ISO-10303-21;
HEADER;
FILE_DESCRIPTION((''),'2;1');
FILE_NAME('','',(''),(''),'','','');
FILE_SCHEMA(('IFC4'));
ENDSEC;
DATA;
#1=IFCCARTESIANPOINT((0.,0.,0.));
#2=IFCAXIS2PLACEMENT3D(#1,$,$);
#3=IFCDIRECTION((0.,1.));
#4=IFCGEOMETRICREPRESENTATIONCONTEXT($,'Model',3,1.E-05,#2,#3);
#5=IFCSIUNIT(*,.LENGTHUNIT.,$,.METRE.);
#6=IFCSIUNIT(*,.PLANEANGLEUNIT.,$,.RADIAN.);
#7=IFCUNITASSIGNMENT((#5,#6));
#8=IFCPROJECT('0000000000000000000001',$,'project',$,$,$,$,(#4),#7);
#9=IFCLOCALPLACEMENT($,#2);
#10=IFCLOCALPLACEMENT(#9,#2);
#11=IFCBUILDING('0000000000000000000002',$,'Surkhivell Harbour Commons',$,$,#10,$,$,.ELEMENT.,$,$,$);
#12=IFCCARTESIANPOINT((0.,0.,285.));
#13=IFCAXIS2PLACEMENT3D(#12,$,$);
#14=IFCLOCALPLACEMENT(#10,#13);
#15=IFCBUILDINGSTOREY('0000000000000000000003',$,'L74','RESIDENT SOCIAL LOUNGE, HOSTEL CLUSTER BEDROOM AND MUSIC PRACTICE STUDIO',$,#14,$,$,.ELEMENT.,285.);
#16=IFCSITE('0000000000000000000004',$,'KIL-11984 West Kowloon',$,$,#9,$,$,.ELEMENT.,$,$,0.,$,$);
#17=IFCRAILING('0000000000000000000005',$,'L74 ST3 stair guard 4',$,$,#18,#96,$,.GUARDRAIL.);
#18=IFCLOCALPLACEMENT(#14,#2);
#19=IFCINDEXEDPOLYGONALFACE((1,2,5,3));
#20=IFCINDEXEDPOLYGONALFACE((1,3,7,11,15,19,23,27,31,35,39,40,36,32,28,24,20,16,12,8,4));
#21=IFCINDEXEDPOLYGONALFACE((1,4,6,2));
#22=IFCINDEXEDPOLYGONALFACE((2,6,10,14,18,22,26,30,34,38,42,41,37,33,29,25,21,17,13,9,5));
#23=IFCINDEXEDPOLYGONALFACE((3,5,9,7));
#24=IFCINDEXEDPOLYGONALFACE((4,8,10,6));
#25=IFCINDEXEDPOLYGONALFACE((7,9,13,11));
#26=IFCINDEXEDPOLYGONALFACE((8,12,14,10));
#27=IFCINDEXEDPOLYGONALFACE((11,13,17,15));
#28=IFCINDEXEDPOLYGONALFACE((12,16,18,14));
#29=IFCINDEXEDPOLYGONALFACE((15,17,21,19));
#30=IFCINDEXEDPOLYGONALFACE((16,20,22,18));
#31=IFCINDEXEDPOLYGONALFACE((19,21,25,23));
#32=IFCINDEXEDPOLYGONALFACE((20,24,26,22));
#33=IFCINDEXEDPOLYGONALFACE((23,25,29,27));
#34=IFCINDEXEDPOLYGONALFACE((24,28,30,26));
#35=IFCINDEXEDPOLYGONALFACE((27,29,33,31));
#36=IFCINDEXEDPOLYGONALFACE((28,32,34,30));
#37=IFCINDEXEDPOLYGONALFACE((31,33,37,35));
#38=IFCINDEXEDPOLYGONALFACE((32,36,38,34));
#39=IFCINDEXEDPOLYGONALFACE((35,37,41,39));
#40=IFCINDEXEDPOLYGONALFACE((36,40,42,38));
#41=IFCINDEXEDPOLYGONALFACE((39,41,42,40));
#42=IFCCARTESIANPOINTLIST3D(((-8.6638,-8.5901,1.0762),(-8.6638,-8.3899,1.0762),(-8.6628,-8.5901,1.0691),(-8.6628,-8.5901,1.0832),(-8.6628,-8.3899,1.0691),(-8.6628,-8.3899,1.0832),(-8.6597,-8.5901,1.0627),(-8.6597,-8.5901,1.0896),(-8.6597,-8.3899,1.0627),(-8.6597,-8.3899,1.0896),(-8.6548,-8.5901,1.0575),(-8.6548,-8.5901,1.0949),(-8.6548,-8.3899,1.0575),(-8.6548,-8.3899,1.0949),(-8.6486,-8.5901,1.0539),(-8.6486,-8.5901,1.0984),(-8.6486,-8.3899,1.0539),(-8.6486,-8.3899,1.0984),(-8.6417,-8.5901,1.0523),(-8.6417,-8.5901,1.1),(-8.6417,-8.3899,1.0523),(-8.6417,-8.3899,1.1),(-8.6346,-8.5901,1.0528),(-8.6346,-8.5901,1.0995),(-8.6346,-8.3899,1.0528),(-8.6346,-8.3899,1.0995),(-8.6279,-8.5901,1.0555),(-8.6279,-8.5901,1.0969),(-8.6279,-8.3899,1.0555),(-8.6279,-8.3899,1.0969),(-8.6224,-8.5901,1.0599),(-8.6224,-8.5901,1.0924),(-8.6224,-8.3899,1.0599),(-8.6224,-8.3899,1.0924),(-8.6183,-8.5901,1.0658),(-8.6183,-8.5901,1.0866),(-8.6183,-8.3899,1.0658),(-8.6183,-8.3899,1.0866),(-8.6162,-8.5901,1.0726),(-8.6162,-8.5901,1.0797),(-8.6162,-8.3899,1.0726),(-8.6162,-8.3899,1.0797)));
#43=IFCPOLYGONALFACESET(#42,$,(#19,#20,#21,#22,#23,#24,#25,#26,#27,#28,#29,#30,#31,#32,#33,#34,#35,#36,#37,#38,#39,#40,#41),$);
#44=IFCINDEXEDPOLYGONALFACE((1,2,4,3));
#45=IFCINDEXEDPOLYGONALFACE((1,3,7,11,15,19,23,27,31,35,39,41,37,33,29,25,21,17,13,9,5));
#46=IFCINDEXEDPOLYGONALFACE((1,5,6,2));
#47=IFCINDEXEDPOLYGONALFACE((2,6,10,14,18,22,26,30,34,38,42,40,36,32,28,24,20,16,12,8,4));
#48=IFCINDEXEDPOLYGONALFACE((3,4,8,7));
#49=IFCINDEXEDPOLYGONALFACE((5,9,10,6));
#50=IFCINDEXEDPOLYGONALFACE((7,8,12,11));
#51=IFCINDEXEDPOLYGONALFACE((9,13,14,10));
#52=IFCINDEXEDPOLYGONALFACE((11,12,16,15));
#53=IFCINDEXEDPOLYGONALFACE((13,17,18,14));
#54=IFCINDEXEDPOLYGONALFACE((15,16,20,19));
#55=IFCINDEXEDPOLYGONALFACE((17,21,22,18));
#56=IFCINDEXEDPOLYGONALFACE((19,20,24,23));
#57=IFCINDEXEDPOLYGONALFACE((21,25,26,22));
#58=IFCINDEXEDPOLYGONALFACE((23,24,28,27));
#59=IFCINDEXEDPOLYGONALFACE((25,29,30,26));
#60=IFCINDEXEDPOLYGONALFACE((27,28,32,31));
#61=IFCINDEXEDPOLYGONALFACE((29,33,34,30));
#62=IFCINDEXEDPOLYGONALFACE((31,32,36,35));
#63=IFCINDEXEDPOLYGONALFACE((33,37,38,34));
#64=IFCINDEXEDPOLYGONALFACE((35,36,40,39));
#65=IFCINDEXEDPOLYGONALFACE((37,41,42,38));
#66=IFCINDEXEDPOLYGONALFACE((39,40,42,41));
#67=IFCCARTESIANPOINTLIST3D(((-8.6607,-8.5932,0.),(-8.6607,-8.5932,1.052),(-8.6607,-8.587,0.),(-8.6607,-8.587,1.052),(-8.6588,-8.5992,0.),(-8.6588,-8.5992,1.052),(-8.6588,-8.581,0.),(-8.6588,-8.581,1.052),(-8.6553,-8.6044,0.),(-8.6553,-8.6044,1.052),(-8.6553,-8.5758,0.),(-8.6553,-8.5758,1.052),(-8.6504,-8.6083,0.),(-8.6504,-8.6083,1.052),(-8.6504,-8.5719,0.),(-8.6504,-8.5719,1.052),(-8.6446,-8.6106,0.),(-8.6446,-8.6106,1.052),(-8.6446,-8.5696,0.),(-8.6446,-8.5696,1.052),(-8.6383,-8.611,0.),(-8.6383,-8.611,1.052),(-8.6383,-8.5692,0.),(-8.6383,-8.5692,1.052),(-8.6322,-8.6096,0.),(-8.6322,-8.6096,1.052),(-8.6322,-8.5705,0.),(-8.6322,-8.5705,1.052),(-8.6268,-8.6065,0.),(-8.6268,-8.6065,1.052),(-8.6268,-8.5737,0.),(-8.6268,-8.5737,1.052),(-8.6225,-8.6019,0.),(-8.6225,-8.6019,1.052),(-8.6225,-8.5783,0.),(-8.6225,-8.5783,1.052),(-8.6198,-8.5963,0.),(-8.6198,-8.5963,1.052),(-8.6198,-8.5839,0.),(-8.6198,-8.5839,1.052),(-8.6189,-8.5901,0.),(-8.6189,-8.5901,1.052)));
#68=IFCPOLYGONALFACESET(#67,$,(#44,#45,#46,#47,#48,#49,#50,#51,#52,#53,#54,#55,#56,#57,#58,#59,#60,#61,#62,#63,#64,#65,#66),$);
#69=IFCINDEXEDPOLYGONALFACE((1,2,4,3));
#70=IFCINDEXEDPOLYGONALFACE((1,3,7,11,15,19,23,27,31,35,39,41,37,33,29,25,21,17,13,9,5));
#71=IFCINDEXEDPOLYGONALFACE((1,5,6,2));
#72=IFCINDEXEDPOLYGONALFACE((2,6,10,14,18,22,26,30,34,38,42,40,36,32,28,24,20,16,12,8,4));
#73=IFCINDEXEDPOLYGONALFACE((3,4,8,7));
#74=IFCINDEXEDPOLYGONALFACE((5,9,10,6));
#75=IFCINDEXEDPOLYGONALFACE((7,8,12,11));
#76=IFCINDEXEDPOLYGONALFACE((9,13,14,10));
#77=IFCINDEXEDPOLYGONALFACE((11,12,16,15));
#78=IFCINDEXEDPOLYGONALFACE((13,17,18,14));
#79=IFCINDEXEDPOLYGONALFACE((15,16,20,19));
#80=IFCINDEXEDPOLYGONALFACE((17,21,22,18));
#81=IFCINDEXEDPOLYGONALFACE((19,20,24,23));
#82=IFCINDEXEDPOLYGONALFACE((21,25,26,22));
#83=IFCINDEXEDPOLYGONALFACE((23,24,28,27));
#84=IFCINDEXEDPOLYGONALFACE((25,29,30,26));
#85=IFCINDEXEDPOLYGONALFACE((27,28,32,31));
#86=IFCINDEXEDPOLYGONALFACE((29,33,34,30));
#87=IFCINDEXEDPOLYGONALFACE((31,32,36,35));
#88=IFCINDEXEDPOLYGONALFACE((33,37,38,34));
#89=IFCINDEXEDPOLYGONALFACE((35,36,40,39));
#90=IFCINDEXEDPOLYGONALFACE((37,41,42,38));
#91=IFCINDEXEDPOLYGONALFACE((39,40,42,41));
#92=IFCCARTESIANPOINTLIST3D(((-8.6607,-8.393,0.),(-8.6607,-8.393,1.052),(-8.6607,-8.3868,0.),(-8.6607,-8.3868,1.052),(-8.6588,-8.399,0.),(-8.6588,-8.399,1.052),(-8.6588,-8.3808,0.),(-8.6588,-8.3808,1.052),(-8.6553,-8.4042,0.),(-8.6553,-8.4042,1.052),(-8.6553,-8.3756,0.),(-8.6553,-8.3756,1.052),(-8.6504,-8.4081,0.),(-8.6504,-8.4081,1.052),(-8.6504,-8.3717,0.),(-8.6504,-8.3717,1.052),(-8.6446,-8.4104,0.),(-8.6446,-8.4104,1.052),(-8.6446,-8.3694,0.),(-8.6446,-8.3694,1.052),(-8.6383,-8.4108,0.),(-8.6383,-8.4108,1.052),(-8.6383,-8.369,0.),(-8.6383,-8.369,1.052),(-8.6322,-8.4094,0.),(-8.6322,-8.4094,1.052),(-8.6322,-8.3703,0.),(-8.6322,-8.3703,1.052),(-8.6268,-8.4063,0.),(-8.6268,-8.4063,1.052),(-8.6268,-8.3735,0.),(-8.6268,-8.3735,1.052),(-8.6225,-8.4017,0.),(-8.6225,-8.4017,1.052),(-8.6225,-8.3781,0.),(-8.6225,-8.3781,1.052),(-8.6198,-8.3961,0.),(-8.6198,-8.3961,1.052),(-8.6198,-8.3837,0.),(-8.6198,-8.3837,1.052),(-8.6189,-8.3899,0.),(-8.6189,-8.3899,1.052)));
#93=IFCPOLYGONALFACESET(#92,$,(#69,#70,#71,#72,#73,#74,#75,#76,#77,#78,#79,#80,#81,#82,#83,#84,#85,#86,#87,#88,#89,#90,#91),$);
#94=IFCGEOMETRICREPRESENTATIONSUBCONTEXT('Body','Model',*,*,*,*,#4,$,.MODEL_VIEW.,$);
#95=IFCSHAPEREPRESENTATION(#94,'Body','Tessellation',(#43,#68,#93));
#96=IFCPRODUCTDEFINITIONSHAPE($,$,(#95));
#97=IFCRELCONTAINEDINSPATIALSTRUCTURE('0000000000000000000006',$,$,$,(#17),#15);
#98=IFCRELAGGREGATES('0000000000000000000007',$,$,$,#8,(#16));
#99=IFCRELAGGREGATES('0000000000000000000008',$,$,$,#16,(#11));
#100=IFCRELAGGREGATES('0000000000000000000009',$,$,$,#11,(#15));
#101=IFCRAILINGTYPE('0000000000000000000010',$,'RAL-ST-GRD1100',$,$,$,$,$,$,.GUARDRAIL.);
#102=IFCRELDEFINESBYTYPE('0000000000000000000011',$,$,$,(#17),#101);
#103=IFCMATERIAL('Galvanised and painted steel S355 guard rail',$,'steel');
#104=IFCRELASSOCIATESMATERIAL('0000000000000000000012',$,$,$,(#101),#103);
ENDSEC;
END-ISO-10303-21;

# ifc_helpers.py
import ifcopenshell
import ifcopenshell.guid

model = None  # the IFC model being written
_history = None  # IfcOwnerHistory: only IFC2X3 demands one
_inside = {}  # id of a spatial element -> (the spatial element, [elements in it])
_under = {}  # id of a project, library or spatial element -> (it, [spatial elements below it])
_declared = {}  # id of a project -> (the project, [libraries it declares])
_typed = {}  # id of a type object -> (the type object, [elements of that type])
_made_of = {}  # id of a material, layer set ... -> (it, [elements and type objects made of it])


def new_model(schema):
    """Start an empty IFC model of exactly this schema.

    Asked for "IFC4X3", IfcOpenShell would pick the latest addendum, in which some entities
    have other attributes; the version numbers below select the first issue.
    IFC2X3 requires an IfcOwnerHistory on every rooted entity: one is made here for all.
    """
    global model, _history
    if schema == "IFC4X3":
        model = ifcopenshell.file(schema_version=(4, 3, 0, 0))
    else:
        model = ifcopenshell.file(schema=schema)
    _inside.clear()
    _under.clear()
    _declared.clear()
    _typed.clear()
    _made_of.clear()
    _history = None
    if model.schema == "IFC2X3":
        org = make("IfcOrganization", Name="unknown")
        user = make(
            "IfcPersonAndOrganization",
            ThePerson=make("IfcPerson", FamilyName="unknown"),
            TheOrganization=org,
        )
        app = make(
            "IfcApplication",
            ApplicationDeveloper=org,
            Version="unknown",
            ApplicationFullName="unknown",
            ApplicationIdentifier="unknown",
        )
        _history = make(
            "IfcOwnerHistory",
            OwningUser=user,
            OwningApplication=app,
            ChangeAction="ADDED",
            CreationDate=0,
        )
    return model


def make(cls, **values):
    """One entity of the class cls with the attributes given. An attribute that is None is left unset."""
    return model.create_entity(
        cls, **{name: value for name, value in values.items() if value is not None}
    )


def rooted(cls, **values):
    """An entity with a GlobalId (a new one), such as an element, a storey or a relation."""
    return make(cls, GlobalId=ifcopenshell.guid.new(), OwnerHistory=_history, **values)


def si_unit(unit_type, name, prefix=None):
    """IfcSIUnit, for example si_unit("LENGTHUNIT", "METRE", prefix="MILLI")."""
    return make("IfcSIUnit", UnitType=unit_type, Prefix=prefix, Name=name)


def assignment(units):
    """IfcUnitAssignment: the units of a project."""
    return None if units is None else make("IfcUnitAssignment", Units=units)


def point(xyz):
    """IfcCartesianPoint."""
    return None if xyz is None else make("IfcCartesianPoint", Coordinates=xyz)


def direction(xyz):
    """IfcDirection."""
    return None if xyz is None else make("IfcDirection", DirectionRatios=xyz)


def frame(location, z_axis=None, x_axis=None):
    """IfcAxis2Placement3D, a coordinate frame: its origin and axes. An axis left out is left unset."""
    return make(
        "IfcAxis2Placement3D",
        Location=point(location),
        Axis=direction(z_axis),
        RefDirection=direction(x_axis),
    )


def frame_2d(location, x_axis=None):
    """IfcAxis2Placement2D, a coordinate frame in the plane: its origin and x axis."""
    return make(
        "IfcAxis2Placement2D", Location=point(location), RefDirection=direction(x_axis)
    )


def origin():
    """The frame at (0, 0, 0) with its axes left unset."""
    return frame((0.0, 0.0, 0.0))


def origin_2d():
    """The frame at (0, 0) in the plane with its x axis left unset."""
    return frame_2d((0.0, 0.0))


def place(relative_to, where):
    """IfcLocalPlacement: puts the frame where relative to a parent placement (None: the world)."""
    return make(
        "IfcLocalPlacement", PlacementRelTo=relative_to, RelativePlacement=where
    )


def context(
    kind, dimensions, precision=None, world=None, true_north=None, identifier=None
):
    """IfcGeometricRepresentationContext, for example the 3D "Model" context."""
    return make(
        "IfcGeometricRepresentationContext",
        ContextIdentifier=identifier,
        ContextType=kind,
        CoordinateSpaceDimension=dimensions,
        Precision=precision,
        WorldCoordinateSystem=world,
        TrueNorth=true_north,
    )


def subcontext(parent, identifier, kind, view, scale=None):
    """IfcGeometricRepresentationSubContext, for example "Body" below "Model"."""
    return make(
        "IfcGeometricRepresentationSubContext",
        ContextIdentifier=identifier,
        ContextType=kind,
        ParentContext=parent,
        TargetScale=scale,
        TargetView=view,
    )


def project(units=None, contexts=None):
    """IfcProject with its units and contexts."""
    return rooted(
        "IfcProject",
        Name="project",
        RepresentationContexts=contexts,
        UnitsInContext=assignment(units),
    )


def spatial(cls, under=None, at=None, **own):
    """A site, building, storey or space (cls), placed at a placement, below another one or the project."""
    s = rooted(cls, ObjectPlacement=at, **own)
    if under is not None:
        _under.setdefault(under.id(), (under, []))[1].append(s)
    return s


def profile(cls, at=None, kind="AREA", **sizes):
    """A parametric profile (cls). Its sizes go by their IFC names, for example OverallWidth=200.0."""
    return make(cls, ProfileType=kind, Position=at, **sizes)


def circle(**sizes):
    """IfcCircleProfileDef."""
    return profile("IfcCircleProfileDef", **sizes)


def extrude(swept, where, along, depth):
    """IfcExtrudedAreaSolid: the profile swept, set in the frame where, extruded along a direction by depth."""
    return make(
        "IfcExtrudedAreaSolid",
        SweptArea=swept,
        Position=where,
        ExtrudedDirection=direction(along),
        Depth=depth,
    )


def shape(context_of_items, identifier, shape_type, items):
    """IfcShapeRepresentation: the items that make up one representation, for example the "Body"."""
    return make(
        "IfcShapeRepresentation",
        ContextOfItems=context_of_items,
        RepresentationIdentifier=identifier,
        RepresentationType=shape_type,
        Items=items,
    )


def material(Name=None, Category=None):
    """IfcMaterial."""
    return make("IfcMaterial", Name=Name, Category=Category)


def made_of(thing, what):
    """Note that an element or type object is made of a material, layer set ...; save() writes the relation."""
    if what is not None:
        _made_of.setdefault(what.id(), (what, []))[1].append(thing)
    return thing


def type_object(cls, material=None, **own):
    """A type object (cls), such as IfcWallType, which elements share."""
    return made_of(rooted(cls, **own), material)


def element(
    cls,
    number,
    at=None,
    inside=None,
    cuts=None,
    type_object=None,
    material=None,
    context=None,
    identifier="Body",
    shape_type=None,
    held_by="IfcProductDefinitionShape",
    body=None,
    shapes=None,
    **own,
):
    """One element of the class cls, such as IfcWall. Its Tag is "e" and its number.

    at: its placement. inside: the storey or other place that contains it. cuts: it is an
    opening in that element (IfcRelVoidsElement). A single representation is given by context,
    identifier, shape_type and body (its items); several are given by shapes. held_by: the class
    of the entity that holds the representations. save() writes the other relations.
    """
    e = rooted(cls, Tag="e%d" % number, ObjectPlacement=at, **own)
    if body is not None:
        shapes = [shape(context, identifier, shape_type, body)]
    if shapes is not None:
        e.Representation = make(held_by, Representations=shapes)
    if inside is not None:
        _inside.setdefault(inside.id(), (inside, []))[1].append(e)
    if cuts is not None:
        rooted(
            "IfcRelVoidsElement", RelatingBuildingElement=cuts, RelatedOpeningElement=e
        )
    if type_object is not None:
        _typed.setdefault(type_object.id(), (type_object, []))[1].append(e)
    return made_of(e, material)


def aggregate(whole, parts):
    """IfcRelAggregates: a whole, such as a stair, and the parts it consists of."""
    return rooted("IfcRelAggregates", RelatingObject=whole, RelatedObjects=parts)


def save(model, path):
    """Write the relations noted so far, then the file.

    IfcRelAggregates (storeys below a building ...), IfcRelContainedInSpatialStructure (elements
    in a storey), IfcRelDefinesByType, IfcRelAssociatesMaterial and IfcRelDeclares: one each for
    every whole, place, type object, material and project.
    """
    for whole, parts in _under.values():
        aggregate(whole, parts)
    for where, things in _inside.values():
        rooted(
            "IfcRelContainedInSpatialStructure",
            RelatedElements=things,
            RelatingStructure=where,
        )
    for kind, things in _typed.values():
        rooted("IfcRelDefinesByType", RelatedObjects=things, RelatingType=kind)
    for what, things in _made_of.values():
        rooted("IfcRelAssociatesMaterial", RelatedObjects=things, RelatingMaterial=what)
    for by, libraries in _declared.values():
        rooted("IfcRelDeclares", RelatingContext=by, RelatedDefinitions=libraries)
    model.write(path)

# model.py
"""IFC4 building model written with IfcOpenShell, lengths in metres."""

from ifc_helpers import new_model, si_unit, direction, frame, origin, origin_2d, place, context, subcontext, project, spatial, circle, extrude, material, type_object, element, save


model = new_model("IFC4")

# Units and contexts
model_context = context("Model", 3, precision=1e-05, world=origin(), true_north=direction((0.0, 1.0)))
body_context = subcontext(model_context, "Body", "Model", "MODEL_VIEW")
ifc_project = project(units=[si_unit("LENGTHUNIT", "METRE"), si_unit("PLANEANGLEUNIT", "RADIAN")], contexts=[model_context])

# Site, building, storey
site_placement = place(None, origin())
site = spatial("IfcSite", under=ifc_project, at=site_placement, Name="KIL-11984 West Kowloon", CompositionType="ELEMENT", RefElevation=0.0)
building_placement = place(site_placement, origin())
building = spatial("IfcBuilding", under=site, at=building_placement, Name="Surkhivell Harbour Commons", CompositionType="ELEMENT")
storey_placement = place(building_placement, frame((0.0, 0.0, 285.0)))
storey = spatial("IfcBuildingStorey", under=building, at=storey_placement, Name="L74", Description="RESIDENT SOCIAL LOUNGE, HOSTEL CLUSTER BEDROOM AND MUSIC PRACTICE STUDIO", CompositionType="ELEMENT", Elevation=285.0)

# Railing
ifc_material_1 = material(Name="Galvanised and painted steel S355 guard rail", Category="steel")
railing_type_1 = type_object("IfcRailingType", Name="RAL-ST-GRD1100", PredefinedType="GUARDRAIL", material=ifc_material_1)
railing_1_placement = place(storey_placement, frame((-8.6399, -8.5901, 0.0)))
element("IfcRailing", 1, at=railing_1_placement, inside=storey, type_object=railing_type_1, Name="L74 ST3 stair guard 4", PredefinedType="GUARDRAIL", context=body_context, shape_type="SweptSolid", body=[
    extrude(circle(Radius=0.0239, at=origin_2d()), frame((0.0, 0.0, 1.0762), z_axis=(0.0, 1.0, 0.0), x_axis=(-1.0, 0.0, 0.0)), (0.0, 0.0, 1.0), 0.2002),
    extrude(circle(Radius=0.021, at=origin_2d()), origin(), (0.0, 0.0, 1.0), 1.052),
    extrude(circle(Radius=0.021, at=origin_2d()), frame((0.0, 0.2002, 0.0)), (0.0, 0.0, 1.0), 1.052),
])

save(model, "model.ifc")
